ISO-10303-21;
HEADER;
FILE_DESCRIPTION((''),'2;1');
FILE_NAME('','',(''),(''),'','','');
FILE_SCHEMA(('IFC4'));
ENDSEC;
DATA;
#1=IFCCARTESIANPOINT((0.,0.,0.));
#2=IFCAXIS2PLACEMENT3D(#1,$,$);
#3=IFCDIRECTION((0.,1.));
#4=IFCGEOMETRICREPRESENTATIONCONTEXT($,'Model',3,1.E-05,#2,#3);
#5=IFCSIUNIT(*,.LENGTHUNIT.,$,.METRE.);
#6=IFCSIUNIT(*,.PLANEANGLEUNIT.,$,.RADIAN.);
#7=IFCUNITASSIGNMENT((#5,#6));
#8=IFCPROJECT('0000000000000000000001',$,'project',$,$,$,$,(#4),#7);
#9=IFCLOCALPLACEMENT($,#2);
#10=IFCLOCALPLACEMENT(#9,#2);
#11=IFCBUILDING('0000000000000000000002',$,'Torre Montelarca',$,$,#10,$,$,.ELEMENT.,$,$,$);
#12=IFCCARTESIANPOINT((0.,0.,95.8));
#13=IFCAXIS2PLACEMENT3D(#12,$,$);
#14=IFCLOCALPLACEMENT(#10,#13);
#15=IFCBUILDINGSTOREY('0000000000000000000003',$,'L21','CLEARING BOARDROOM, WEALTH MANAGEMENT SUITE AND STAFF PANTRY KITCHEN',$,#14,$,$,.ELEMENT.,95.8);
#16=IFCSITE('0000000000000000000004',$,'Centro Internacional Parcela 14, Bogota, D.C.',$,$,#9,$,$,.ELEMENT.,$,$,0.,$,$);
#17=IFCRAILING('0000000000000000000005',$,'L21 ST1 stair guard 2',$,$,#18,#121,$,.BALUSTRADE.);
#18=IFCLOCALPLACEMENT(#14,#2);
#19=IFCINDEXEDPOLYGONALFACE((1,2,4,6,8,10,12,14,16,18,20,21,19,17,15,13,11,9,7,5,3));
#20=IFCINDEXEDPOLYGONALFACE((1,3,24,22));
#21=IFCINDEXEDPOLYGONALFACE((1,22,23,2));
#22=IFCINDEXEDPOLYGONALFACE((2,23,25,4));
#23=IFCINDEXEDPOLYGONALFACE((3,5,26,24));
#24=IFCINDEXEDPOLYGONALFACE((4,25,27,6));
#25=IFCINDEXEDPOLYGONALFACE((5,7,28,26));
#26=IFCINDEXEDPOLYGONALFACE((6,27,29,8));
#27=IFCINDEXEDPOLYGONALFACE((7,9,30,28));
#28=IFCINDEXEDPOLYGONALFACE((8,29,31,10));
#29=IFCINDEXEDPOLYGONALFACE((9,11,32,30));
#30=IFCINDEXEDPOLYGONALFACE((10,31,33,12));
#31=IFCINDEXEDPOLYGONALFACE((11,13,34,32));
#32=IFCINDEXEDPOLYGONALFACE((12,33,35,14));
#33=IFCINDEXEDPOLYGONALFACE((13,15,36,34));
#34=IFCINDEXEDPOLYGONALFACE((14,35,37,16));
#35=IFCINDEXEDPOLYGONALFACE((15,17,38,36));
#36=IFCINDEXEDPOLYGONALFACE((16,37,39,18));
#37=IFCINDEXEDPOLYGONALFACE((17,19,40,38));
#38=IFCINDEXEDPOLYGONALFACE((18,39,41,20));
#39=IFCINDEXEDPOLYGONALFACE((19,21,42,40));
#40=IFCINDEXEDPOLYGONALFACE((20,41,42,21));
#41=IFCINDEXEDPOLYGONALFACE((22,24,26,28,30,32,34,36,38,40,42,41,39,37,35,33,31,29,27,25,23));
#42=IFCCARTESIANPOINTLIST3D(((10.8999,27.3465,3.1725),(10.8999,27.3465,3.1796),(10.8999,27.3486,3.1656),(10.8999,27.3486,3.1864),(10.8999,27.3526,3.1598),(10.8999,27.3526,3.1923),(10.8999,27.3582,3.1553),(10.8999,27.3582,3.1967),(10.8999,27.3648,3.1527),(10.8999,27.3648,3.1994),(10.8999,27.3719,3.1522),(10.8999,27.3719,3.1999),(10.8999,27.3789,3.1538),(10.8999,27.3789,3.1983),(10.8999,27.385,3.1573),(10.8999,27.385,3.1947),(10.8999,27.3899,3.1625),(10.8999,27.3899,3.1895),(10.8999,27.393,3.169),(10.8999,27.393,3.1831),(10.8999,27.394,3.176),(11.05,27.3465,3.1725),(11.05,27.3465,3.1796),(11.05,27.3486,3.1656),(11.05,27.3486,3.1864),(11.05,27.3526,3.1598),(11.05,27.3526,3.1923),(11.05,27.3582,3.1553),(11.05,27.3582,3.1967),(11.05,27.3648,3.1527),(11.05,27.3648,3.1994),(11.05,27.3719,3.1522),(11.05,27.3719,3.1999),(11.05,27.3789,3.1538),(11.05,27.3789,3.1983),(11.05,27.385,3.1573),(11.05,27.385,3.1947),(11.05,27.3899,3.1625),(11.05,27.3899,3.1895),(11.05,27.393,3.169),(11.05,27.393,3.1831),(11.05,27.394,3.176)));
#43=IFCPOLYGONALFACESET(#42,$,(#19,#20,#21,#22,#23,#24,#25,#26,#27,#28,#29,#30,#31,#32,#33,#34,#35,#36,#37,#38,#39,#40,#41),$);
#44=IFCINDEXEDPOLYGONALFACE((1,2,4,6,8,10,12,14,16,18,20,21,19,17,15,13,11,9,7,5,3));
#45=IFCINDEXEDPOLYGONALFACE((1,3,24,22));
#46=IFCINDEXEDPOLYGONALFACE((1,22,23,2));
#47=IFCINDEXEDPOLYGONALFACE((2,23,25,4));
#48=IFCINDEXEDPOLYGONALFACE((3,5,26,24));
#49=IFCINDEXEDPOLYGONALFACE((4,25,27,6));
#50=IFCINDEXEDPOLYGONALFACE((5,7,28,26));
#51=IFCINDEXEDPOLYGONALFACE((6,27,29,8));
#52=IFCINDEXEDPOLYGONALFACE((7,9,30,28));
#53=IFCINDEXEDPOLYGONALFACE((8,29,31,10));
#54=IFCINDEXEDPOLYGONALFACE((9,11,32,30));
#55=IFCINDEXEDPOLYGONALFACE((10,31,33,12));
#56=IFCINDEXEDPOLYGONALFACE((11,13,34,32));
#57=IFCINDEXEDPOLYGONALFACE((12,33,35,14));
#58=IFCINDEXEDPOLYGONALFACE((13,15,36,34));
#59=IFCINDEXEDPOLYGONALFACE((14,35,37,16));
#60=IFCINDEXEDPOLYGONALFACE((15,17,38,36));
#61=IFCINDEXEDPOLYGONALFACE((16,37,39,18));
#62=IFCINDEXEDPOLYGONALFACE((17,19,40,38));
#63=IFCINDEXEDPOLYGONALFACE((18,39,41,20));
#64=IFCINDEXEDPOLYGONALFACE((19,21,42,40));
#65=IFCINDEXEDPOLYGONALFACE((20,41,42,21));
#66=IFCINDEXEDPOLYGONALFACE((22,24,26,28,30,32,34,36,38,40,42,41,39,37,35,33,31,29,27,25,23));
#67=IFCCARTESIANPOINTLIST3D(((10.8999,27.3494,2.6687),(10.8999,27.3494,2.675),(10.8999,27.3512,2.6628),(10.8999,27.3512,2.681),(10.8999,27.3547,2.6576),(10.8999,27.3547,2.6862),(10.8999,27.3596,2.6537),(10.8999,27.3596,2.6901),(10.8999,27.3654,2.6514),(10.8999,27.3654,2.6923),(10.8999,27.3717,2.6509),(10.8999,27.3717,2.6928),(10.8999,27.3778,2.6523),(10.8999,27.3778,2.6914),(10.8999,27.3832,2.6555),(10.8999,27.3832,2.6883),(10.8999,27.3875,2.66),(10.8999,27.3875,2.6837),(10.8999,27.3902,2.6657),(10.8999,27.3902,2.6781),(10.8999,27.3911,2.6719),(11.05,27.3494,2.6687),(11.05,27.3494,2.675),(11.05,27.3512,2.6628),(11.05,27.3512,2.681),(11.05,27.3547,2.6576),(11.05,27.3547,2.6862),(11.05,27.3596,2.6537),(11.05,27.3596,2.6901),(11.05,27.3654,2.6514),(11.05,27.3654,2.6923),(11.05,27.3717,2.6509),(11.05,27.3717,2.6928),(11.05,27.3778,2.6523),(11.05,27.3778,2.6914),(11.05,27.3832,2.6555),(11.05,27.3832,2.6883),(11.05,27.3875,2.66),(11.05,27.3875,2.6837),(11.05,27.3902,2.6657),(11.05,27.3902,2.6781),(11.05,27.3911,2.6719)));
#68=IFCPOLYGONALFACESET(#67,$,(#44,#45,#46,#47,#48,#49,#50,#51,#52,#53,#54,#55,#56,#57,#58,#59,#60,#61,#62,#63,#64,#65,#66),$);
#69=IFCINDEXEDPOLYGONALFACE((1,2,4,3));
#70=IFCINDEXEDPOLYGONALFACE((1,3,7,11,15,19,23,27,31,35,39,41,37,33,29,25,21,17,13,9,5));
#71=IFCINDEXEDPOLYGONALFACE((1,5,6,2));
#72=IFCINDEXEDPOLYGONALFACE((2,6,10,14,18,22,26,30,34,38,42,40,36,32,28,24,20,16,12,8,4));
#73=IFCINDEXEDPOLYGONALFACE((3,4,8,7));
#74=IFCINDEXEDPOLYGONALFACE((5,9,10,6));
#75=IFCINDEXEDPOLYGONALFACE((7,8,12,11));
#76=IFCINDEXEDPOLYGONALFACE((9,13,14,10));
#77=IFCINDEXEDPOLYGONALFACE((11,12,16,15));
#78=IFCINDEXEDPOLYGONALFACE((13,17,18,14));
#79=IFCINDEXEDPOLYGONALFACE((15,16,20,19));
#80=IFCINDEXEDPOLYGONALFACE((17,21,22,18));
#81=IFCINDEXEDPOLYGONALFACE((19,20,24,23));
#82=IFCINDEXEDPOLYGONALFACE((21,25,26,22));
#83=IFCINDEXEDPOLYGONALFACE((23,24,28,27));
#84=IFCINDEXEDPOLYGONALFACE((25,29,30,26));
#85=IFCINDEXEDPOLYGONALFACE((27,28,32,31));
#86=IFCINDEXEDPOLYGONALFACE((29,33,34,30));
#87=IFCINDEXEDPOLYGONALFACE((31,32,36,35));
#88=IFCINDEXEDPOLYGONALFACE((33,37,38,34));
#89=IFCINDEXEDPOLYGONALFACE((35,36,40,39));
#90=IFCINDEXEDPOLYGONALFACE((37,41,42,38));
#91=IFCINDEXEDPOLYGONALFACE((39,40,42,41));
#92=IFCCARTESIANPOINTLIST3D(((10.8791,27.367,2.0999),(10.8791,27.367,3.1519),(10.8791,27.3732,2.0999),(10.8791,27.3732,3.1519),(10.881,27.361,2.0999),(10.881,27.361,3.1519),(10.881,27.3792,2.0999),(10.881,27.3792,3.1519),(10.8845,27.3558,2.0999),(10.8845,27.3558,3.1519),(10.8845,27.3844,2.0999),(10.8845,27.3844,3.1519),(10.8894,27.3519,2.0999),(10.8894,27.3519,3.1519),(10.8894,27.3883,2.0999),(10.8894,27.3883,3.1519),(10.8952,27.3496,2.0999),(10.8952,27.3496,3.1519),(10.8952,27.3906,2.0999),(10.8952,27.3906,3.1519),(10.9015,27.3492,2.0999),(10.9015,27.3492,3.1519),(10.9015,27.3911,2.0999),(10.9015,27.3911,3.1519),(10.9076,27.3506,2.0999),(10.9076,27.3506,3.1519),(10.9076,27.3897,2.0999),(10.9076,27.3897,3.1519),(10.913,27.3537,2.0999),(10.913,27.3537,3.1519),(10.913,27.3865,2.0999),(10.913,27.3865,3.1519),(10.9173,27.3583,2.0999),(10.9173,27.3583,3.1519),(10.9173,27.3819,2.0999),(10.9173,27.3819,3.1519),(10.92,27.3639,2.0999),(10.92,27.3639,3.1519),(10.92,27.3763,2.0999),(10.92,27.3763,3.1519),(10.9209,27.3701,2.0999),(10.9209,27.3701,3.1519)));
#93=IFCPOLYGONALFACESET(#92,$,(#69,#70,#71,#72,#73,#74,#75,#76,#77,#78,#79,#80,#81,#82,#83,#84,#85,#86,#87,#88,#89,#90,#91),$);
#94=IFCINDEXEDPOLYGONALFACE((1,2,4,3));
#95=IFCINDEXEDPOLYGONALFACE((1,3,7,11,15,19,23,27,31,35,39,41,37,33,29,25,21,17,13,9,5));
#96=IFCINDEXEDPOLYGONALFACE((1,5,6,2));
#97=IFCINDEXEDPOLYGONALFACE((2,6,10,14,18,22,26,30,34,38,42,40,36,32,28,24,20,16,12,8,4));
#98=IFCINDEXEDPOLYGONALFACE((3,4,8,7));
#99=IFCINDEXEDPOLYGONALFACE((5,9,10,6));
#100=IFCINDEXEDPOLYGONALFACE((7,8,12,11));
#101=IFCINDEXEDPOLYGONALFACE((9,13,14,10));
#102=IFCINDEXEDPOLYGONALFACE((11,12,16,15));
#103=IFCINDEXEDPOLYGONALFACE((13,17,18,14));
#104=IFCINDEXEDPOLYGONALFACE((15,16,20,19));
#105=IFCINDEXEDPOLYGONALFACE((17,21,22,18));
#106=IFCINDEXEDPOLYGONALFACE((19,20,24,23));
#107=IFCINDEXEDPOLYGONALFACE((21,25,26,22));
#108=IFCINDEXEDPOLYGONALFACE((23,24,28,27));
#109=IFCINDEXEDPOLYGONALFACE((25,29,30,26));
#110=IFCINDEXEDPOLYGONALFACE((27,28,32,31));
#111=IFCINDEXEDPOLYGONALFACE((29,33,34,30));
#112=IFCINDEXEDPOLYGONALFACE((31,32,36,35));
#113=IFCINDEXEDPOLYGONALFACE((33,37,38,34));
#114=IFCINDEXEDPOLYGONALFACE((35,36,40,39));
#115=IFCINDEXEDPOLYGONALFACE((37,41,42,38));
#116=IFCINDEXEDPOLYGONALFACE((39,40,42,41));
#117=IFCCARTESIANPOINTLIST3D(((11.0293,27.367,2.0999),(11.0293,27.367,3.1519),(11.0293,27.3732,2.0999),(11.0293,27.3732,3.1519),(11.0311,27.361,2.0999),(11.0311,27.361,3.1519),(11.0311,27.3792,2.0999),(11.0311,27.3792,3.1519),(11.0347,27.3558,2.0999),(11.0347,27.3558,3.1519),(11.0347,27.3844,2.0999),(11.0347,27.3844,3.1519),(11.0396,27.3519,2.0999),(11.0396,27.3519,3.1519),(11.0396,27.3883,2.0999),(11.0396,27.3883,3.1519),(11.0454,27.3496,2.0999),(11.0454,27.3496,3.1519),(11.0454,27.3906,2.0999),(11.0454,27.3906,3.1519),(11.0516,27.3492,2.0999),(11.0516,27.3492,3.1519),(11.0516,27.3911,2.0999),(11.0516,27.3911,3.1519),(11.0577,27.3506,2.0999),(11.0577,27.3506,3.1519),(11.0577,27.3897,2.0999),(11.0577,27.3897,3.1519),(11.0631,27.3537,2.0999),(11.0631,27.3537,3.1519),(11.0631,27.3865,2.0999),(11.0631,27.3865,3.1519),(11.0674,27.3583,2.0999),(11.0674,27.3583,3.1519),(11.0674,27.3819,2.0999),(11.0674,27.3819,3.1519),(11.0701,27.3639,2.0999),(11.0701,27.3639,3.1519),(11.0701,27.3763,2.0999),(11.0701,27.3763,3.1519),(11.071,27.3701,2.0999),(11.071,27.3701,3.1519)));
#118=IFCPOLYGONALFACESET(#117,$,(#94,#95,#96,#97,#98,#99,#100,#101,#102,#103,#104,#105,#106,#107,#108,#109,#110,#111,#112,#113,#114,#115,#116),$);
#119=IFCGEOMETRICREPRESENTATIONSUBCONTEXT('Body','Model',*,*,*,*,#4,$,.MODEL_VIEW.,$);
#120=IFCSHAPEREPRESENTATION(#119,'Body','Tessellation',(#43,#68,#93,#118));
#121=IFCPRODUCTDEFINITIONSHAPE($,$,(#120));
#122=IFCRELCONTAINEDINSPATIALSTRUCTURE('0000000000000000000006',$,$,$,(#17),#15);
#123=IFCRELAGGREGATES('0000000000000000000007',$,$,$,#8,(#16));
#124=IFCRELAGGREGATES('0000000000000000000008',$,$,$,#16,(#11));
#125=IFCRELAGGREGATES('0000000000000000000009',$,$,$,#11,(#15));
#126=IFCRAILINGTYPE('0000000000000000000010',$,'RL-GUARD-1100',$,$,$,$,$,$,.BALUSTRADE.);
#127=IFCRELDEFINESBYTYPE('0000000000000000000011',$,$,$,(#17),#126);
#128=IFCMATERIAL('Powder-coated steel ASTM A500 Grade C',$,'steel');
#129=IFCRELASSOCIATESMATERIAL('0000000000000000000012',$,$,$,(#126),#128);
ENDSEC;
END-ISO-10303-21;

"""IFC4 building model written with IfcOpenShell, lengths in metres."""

from ifc_helpers import new_model, si_unit, direction, frame, origin, origin_2d, place, context, subcontext, project, spatial, circle, extrude, material, type_object, element, save


model = new_model("IFC4")

# Units and contexts
model_context = context("Model", 3, precision=1e-05, world=origin(), true_north=direction((0.0, 1.0)))
body_context = subcontext(model_context, "Body", "Model", "MODEL_VIEW")
ifc_project = project(units=[si_unit("LENGTHUNIT", "METRE"), si_unit("PLANEANGLEUNIT", "RADIAN")], contexts=[model_context])

# Site, building, storey
site_placement = place(None, origin())
site = spatial("IfcSite", under=ifc_project, at=site_placement, Name="Centro Internacional Parcela 14, Bogota, D.C.", CompositionType="ELEMENT", RefElevation=0.0)
building_placement = place(site_placement, origin())
building = spatial("IfcBuilding", under=site, at=building_placement, Name="Torre Montelarca", CompositionType="ELEMENT")
storey_placement = place(building_placement, frame((0.0, 0.0, 95.8)))
storey = spatial("IfcBuildingStorey", under=building, at=storey_placement, Name="L21", Description="CLEARING BOARDROOM, WEALTH MANAGEMENT SUITE AND STAFF PANTRY KITCHEN", CompositionType="ELEMENT", Elevation=95.8)

# Railing
ifc_material_1 = material(Name="Powder-coated steel ASTM A500 Grade C", Category="steel")
railing_type_1 = type_object("IfcRailingType", Name="RL-GUARD-1100", PredefinedType="BALUSTRADE", material=ifc_material_1)
railing_1_placement = place(storey_placement, frame((10.8999, 27.3701, 2.0999)))
element("IfcRailing", 1, at=railing_1_placement, inside=storey, type_object=railing_type_1, Name="L21 ST1 stair guard 2", PredefinedType="BALUSTRADE", context=body_context, shape_type="SweptSolid", body=[
    extrude(circle(Radius=0.0239, at=origin_2d()), frame((0.0, 0.0, 1.0762), z_axis=(1.0, 0.0, 0.0), x_axis=(0.0, 1.0, 0.0)), (0.0, 0.0, 1.0), 0.1501),
    extrude(circle(Radius=0.021, at=origin_2d()), frame((0.0, 0.0, 0.572), z_axis=(1.0, 0.0, 0.0), x_axis=(0.0, 1.0, 0.0)), (0.0, 0.0, 1.0), 0.1501),
    extrude(circle(Radius=0.021, at=origin_2d()), origin(), (0.0, 0.0, 1.0), 1.052),
    extrude(circle(Radius=0.021, at=origin_2d()), frame((0.1501, 0.0, 0.0)), (0.0, 0.0, 1.0), 1.052),
])

save(model, "model.ifc")
